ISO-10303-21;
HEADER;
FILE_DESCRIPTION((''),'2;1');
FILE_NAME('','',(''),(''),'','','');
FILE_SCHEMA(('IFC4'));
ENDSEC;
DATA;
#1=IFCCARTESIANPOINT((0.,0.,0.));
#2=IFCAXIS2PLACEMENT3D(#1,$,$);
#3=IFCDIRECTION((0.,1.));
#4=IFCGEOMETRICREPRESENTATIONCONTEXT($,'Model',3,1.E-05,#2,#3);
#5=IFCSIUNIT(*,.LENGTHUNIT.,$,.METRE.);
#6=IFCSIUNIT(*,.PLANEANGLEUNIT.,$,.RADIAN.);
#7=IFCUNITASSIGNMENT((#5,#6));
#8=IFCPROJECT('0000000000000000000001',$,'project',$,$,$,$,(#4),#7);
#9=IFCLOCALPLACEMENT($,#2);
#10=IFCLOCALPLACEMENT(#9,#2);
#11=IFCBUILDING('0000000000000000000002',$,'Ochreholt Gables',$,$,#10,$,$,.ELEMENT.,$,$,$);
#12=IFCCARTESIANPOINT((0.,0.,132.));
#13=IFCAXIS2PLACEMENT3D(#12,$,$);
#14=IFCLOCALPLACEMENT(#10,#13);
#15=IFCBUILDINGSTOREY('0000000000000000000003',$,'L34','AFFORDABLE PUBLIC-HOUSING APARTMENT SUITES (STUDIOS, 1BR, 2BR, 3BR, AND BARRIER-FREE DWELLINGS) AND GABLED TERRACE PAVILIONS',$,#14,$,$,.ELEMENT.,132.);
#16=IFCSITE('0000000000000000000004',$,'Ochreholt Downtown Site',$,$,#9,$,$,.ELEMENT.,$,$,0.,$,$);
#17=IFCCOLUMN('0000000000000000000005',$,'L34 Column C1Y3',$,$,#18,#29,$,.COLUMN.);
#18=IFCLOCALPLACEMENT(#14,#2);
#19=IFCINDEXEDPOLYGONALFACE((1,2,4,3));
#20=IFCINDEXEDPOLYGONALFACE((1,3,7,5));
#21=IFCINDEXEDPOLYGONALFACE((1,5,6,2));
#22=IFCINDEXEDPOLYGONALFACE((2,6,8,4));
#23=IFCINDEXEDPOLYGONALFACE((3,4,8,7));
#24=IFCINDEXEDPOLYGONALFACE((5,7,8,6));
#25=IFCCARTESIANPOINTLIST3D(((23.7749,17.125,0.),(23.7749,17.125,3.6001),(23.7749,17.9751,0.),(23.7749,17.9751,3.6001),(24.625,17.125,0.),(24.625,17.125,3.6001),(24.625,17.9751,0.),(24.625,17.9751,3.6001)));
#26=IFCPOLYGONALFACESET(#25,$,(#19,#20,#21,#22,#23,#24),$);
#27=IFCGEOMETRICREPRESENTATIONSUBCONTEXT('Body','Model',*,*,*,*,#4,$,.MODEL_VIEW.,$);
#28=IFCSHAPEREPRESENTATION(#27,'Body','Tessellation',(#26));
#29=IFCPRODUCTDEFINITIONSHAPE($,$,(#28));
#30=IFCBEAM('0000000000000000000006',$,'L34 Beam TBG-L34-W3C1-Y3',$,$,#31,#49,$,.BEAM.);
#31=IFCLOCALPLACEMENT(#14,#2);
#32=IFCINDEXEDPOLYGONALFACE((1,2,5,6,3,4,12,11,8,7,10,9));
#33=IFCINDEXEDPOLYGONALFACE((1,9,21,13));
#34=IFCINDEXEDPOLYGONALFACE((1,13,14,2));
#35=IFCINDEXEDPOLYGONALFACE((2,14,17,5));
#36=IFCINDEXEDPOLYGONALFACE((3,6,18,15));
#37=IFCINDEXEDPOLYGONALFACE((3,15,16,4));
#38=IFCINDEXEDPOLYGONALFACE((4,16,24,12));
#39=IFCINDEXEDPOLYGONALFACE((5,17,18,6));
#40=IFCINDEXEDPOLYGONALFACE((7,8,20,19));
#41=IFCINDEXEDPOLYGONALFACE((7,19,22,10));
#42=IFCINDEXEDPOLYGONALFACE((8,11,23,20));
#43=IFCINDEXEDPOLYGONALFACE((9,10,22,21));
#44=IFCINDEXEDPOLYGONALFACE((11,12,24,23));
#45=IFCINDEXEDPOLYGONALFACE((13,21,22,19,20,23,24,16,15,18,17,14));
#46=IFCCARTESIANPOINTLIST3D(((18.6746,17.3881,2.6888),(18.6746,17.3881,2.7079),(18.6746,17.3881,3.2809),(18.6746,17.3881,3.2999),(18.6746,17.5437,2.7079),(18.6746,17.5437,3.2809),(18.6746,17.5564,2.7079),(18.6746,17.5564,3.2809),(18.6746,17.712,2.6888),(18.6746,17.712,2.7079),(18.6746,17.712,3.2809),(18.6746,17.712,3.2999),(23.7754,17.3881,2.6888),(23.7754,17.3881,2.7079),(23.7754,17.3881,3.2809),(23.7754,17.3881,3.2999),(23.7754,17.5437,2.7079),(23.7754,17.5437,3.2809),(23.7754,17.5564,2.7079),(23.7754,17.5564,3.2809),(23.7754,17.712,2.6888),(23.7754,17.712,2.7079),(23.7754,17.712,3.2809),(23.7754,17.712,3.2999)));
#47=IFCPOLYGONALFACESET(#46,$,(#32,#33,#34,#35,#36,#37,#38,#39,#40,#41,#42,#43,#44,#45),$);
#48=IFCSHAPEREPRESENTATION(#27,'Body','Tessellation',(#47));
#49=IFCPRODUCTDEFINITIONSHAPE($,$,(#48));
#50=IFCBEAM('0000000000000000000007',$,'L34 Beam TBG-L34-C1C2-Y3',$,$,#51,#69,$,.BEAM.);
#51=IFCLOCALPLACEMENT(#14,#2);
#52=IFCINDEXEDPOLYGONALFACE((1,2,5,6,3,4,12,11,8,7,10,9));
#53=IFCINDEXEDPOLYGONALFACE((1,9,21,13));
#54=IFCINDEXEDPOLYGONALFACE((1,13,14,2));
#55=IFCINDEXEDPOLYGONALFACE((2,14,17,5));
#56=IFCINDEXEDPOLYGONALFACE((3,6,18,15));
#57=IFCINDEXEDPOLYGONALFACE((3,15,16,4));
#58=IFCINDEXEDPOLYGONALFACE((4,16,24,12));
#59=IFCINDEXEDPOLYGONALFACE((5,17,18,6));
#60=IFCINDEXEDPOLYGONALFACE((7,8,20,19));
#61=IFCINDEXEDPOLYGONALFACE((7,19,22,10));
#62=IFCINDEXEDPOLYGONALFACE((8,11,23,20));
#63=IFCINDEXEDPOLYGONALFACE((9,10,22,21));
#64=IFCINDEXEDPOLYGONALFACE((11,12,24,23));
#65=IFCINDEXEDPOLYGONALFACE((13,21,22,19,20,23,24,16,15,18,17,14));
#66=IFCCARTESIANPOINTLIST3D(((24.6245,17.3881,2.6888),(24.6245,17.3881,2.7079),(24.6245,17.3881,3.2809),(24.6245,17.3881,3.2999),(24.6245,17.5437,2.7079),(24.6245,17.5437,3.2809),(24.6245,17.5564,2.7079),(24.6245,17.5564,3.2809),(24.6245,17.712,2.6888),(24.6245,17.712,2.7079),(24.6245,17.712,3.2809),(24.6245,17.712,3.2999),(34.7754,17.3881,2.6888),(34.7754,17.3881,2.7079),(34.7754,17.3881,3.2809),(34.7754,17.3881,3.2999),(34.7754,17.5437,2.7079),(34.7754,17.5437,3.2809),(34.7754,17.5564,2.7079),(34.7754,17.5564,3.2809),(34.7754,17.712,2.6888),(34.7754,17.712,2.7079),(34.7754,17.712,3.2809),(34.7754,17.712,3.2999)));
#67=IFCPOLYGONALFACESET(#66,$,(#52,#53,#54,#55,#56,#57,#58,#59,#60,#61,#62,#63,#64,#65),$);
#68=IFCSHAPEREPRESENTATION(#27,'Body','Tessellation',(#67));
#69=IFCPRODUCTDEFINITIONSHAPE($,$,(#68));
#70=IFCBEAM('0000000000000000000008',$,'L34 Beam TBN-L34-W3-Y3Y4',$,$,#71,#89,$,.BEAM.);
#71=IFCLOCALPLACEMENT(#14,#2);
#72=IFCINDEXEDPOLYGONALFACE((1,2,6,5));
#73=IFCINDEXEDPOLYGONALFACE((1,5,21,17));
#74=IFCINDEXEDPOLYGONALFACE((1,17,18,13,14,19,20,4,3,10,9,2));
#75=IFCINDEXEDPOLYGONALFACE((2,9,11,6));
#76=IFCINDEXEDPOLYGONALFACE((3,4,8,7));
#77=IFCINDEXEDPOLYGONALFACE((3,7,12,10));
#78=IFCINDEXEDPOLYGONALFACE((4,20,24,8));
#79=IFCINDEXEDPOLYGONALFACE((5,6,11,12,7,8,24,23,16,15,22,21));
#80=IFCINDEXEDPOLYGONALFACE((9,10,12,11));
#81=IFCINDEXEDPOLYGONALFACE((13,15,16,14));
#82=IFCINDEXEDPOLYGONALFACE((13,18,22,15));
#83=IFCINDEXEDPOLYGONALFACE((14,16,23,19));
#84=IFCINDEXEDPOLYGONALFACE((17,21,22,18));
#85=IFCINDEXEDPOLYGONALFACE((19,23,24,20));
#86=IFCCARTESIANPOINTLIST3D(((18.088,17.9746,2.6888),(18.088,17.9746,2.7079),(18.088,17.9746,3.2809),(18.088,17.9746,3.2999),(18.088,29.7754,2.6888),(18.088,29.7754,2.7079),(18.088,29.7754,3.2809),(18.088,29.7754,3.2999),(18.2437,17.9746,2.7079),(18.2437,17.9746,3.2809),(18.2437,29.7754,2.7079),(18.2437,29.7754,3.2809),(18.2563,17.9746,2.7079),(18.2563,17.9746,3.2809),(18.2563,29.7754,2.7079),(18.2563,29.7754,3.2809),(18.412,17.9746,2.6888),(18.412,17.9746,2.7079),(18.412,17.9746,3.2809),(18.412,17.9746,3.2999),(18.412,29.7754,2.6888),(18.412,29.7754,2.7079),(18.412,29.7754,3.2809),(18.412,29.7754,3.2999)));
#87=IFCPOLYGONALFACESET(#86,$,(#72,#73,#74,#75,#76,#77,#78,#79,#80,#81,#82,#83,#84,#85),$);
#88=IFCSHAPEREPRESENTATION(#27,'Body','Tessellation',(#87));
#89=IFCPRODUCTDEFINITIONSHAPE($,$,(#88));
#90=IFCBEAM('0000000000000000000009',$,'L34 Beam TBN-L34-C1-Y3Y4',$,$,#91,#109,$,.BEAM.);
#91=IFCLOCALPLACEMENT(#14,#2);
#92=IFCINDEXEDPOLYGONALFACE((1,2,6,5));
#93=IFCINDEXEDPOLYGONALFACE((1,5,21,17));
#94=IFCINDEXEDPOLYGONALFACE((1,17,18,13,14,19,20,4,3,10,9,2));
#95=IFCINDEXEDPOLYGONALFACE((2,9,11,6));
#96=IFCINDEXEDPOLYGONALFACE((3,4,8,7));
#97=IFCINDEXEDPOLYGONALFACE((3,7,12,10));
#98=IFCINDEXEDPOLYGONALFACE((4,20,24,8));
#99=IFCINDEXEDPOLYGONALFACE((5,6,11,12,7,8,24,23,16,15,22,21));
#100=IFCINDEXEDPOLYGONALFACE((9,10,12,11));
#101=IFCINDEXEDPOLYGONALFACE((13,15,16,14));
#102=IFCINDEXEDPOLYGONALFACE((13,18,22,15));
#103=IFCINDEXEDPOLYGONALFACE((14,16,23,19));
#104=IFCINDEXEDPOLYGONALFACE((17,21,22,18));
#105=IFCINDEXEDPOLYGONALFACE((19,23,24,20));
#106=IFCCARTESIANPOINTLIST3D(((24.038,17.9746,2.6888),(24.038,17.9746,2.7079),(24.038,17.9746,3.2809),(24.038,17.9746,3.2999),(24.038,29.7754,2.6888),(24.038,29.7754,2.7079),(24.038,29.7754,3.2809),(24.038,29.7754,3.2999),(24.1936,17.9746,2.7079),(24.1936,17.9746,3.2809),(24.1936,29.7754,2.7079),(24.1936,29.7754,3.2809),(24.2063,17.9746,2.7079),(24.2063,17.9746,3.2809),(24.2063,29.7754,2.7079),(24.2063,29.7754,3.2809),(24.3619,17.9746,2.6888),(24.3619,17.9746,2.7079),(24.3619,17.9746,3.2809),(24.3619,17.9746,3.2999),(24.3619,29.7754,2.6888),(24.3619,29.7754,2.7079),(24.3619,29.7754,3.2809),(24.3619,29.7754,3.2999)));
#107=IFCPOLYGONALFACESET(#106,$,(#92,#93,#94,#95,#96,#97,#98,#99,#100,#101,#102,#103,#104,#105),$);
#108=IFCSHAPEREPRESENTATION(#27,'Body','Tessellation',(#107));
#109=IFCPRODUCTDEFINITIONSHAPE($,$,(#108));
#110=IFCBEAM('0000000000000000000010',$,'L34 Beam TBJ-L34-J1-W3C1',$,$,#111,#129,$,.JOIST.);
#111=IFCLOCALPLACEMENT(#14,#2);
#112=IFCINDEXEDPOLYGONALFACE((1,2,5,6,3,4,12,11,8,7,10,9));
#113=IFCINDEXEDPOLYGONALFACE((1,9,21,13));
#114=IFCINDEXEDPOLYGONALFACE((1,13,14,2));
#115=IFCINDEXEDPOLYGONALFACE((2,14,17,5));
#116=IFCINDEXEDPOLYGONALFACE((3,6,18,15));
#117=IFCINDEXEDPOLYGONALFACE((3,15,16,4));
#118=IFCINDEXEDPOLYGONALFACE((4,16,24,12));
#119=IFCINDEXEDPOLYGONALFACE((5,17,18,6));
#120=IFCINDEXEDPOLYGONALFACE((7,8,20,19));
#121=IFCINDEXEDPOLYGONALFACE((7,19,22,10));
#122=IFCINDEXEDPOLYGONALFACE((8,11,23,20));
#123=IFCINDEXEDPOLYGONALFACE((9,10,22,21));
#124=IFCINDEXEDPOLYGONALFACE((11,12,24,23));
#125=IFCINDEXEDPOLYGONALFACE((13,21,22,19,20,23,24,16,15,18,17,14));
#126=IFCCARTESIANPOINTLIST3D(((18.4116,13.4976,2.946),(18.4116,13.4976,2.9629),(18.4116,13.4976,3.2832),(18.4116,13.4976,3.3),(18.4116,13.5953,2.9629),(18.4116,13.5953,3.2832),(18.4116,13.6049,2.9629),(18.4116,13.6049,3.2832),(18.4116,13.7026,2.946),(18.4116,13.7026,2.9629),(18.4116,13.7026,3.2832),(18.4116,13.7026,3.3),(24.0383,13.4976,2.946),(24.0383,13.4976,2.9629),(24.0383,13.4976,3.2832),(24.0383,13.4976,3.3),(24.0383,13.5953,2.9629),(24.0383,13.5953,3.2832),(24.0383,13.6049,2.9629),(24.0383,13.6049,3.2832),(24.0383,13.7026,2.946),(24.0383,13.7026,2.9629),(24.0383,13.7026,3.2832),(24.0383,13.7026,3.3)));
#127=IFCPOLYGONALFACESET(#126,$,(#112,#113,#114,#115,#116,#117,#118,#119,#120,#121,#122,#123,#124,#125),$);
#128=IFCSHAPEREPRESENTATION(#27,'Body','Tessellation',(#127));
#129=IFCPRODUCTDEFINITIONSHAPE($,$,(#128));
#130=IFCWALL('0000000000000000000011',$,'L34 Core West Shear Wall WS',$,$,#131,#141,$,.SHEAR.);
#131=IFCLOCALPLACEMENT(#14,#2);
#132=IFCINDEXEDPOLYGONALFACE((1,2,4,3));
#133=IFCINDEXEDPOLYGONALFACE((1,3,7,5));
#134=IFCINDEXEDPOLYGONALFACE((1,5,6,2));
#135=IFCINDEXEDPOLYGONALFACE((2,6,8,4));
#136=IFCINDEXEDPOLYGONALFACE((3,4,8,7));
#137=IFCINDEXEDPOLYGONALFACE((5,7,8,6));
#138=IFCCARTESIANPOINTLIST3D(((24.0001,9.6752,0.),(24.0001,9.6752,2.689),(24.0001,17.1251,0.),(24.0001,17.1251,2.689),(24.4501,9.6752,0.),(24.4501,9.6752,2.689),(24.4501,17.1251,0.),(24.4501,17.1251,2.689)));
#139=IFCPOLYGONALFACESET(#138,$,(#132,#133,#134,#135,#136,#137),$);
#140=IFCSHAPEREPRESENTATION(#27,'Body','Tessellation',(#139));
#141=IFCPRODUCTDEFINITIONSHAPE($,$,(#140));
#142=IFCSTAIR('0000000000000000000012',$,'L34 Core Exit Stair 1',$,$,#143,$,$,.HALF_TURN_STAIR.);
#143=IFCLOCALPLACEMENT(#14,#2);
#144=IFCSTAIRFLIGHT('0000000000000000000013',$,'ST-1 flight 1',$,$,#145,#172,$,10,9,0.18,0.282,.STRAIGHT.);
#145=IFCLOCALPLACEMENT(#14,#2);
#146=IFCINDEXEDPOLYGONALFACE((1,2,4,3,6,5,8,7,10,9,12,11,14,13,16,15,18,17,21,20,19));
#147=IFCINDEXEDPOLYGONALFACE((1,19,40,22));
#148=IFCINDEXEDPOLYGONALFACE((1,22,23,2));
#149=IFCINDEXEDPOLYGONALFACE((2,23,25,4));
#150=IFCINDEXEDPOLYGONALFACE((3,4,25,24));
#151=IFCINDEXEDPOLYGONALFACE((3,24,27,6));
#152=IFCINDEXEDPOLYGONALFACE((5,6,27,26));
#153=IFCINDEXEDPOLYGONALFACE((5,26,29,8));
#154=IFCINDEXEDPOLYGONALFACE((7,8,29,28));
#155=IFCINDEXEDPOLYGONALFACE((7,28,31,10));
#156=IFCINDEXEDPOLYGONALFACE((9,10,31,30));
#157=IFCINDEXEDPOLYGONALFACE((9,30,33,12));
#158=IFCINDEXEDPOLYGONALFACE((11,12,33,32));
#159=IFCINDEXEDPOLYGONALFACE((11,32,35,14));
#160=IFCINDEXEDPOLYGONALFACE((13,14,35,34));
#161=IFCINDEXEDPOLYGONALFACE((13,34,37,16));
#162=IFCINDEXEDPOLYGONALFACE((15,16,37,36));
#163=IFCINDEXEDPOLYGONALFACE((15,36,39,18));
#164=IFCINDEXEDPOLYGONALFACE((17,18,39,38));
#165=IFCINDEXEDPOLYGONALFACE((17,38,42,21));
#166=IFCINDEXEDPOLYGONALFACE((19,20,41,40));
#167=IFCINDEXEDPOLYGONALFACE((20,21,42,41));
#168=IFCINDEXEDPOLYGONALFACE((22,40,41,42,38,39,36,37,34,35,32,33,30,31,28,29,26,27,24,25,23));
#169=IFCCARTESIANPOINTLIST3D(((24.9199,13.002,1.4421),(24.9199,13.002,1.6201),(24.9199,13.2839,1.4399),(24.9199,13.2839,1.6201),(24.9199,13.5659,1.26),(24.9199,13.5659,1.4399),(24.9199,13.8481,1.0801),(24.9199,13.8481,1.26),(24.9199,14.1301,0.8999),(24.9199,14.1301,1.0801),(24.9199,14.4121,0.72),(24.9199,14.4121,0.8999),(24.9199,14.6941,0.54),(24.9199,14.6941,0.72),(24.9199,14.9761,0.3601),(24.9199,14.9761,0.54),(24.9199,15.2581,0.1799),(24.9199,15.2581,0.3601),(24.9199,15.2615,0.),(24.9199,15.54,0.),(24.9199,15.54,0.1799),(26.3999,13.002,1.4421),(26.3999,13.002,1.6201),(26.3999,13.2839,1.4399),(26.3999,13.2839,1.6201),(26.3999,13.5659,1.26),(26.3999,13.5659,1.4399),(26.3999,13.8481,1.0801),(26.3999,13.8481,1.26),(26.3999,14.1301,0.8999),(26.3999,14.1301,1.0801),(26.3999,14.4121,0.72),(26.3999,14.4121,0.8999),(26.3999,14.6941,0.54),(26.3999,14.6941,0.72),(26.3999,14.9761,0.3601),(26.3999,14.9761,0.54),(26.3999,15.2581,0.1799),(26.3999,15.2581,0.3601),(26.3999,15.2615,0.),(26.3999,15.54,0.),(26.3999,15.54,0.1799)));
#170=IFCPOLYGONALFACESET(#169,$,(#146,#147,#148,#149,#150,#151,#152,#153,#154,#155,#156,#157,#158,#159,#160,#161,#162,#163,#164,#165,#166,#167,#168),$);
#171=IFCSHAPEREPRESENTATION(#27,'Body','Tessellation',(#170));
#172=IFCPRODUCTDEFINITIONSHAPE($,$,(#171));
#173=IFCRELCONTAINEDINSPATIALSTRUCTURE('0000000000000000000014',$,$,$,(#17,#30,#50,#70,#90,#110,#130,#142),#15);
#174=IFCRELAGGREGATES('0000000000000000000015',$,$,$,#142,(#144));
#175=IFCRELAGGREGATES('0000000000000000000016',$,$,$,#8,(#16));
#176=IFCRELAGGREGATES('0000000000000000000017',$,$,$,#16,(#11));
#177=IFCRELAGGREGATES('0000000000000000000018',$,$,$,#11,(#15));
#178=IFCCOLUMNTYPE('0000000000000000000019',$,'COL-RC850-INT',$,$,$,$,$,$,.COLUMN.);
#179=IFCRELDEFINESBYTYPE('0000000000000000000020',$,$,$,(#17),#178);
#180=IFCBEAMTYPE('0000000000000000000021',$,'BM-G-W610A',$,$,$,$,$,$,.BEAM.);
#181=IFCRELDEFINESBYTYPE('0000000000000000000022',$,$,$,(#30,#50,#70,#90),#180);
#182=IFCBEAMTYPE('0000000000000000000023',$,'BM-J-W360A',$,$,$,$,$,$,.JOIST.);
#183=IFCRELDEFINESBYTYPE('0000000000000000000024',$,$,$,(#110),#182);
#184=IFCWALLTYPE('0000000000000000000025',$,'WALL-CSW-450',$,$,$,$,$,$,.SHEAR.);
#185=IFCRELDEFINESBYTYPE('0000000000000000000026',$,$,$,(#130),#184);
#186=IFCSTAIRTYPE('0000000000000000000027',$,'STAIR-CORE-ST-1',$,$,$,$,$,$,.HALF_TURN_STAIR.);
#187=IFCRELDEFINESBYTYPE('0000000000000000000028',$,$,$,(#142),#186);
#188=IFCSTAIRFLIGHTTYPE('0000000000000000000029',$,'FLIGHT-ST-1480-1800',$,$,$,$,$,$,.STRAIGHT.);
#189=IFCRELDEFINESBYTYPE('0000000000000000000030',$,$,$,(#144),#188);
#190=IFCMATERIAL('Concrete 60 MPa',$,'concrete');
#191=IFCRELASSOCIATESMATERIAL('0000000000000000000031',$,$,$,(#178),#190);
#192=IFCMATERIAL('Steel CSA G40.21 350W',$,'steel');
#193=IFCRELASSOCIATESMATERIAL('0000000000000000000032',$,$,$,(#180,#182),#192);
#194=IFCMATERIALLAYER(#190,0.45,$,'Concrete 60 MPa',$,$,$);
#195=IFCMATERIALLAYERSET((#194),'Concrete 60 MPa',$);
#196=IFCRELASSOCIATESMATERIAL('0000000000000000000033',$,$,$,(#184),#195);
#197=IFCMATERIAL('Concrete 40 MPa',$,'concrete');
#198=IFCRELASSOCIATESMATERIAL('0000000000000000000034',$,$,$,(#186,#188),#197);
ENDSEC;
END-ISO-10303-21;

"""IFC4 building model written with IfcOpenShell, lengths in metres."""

from ifc_helpers import new_model, si_unit, direction, frame, frame_2d, origin, origin_2d, place, context, subcontext, project, spatial, polyline, rectangle, i_section, outline, extrude, material, layer, layer_set, material_profile, profile_set, type_object, element, aggregate, save


model = new_model("IFC4")

# Units and contexts
model_context = context("Model", 3, precision=1e-05, world=origin(), true_north=direction((0.0, 1.0)))
body_context = subcontext(model_context, "Body", "Model", "MODEL_VIEW")
ifc_project = project(units=[si_unit("LENGTHUNIT", "METRE"), si_unit("PLANEANGLEUNIT", "RADIAN")], contexts=[model_context])

# Site, building, storey
site_placement = place(None, origin())
site = spatial("IfcSite", under=ifc_project, at=site_placement, Name="Ochreholt Downtown Site", CompositionType="ELEMENT", RefElevation=0.0)
building_placement = place(site_placement, origin())
building = spatial("IfcBuilding", under=site, at=building_placement, Name="Ochreholt Gables", CompositionType="ELEMENT")
storey_placement = place(building_placement, frame((0.0, 0.0, 132.0)))
storey = spatial("IfcBuildingStorey", under=building, at=storey_placement, Name="L34", Description="AFFORDABLE PUBLIC-HOUSING APARTMENT SUITES (STUDIOS, 1BR, 2BR, 3BR, AND BARRIER-FREE DWELLINGS) AND GABLED TERRACE PAVILIONS", CompositionType="ELEMENT", Elevation=132.0)

# Column
ifc_material_1 = material(Name="Concrete 60 MPa", Category="concrete")
ifc_material_profile_1 = material_profile(ifc_material_1, rectangle(XDim=0.8501, YDim=0.8501, at=origin_2d()), Name="RC850X850")
ifc_profile_set_1 = profile_set([ifc_material_profile_1], Name="Concrete 60 MPa")
column_type = type_object("IfcColumnType", Name="COL-RC850-INT", PredefinedType="COLUMN", material=ifc_profile_set_1)
column_placement = place(storey_placement, frame((24.2, 17.55, 0.0), z_axis=(0.0, 0.0, 1.0), x_axis=(1.0, 0.0, 0.0)))
element("IfcColumn", 1, at=column_placement, inside=storey, type_object=column_type, Name="L34 Column C1Y3", PredefinedType="COLUMN", context=body_context, shape_type="SweptSolid", body=[
    extrude(rectangle(XDim=0.8501, YDim=0.8501, at=origin_2d()), origin(), (0.0, 0.0, 1.0), 3.6001),
])

# Beams
ifc_material_2 = material(Name="Steel CSA G40.21 350W", Category="steel")
ifc_material_profile_2 = material_profile(ifc_material_2, i_section(OverallWidth=0.324, OverallDepth=0.6111, WebThickness=0.0127, FlangeThickness=0.019, at=origin_2d()), Name="W610X155")
ifc_profile_set_2 = profile_set([ifc_material_profile_2], Name="Steel CSA G40.21 350W")
beam_type_1 = type_object("IfcBeamType", Name="BM-G-W610A", PredefinedType="BEAM", material=ifc_profile_set_2)
beam_1_placement = place(storey_placement, frame((18.6746, 17.55, 2.9944), z_axis=(1.0, 0.0, 0.0), x_axis=(0.0, 1.0, 0.0)))
element("IfcBeam", 2, at=beam_1_placement, inside=storey, type_object=beam_type_1, Name="L34 Beam TBG-L34-W3C1-Y3", PredefinedType="BEAM", context=body_context, shape_type="SweptSolid", body=[
    extrude(i_section(OverallWidth=0.324, OverallDepth=0.6111, WebThickness=0.0127, FlangeThickness=0.019, at=origin_2d()), origin(), (0.0, 0.0, 1.0), 5.1008),
])
beam_2_placement = place(storey_placement, frame((24.6245, 17.55, 2.9944), z_axis=(1.0, 0.0, 0.0), x_axis=(0.0, 1.0, 0.0)))
element("IfcBeam", 3, at=beam_2_placement, inside=storey, type_object=beam_type_1, Name="L34 Beam TBG-L34-C1C2-Y3", PredefinedType="BEAM", context=body_context, shape_type="SweptSolid", body=[
    extrude(i_section(OverallWidth=0.324, OverallDepth=0.6111, WebThickness=0.0127, FlangeThickness=0.019, at=origin_2d()), origin(), (0.0, 0.0, 1.0), 10.1509),
])
for number, where, z_axis, x_axis, name in (
    (4, (18.25, 17.9746, 2.9944), (0.0, 1.0, 0.0), (-1.0, 0.0, 0.0), "L34 Beam TBN-L34-W3-Y3Y4"),
    (5, (24.2, 17.9746, 2.9944), (0.0, 1.0, 0.0), (-1.0, 0.0, 0.0), "L34 Beam TBN-L34-C1-Y3Y4"),
):
    element("IfcBeam", number, at=place(storey_placement, frame(where, z_axis=z_axis, x_axis=x_axis)), inside=storey, type_object=beam_type_1, Name=name, PredefinedType="BEAM", context=body_context, shape_type="SweptSolid", body=[
        extrude(i_section(OverallWidth=0.324, OverallDepth=0.6111, WebThickness=0.0127, FlangeThickness=0.019, at=origin_2d()), origin(), (0.0, 0.0, 1.0), 11.8008),
    ])
ifc_material_profile_3 = material_profile(ifc_material_2, i_section(OverallWidth=0.2051, OverallDepth=0.354, WebThickness=0.0095, FlangeThickness=0.0168, at=origin_2d()), Name="W360X79")
ifc_profile_set_3 = profile_set([ifc_material_profile_3], Name="Steel CSA G40.21 350W")
beam_type_2 = type_object("IfcBeamType", Name="BM-J-W360A", PredefinedType="JOIST", material=ifc_profile_set_3)
beam_3_placement = place(storey_placement, frame((18.4116, 13.6001, 3.123), z_axis=(1.0, 0.0, 0.0), x_axis=(0.0, 1.0, 0.0)))
element("IfcBeam", 6, at=beam_3_placement, inside=storey, type_object=beam_type_2, Name="L34 Beam TBJ-L34-J1-W3C1", PredefinedType="JOIST", context=body_context, shape_type="SweptSolid", body=[
    extrude(i_section(OverallWidth=0.2051, OverallDepth=0.354, WebThickness=0.0095, FlangeThickness=0.0168, at=origin_2d()), origin(), (0.0, 0.0, 1.0), 5.6267),
])

# Wall
ifc_layer_1 = layer(ifc_material_1, 0.45, Name="Concrete 60 MPa")
ifc_layer_set_1 = layer_set([ifc_layer_1], Name="Concrete 60 MPa")
wall_type_1 = type_object("IfcWallType", Name="WALL-CSW-450", PredefinedType="SHEAR", material=ifc_layer_set_1)
wall_1_placement = place(storey_placement, frame((24.2251, 9.675, 0.0), z_axis=(0.0, 0.0, 1.0), x_axis=(0.0, 1.0, 0.0)))
element("IfcWall", 7, at=wall_1_placement, inside=storey, type_object=wall_type_1, Name="L34 Core West Shear Wall WS", PredefinedType="SHEAR", context=body_context, shape_type="SweptSolid", body=[
    extrude(rectangle(XDim=7.45, YDim=0.45, at=frame_2d((3.7251, 0.0))), origin(), (0.0, 0.0, 1.0), 2.689),
])

# Stair, stair flight
ifc_material_3 = material(Name="Concrete 40 MPa", Category="concrete")
stair_type = type_object("IfcStairType", Name="STAIR-CORE-ST-1", PredefinedType="HALF_TURN_STAIR", material=ifc_material_3)
stair_placement = place(storey_placement, origin())
stair = element("IfcStair", 8, at=stair_placement, inside=storey, type_object=stair_type, Name="L34 Core Exit Stair 1", PredefinedType="HALF_TURN_STAIR")
stair_flight_type = type_object("IfcStairFlightType", Name="FLIGHT-ST-1480-1800", PredefinedType="STRAIGHT", material=ifc_material_3)
stair_flight_1_placement = place(storey_placement, frame((25.6599, 15.54, 0.0), z_axis=(0.0, 0.0, 1.0), x_axis=(0.0, -1.0, 0.0)))
stair_flight_1 = element("IfcStairFlight", 9, at=stair_flight_1_placement, type_object=stair_flight_type, Name="ST-1 flight 1", NumberOfRisers=10, NumberOfTreads=9, PredefinedType="STRAIGHT", RiserHeight=0.18, TreadLength=0.282, context=body_context, shape_type="SweptSolid", body=[
    extrude(outline(polyline([(0.0, 0.0), (0.0, 0.1799), (0.282, 0.1799), (0.282, 0.3601), (0.564, 0.3601), (0.564, 0.54), (0.8459, 0.54), (0.8459, 0.72), (1.1279, 0.72), (1.1279, 0.8999), (1.4099, 0.8999), (1.4099, 1.0801), (1.6919, 1.0801), (1.6919, 1.26), (1.9741, 1.26), (1.9741, 1.4399), (2.2561, 1.4399), (2.2561, 1.6201), (2.5381, 1.6201), (2.5381, 1.8), (2.5381, 1.4421), (0.2786, 0.0), (0.0, 0.0)])), frame((0.0, 0.74, 0.0), z_axis=(0.0, -1.0, 0.0), x_axis=(1.0, 0.0, 0.0)), (0.0, 0.0, 1.0), 1.48),
])
aggregate(stair, [stair_flight_1])

save(model, "model.ifc")
